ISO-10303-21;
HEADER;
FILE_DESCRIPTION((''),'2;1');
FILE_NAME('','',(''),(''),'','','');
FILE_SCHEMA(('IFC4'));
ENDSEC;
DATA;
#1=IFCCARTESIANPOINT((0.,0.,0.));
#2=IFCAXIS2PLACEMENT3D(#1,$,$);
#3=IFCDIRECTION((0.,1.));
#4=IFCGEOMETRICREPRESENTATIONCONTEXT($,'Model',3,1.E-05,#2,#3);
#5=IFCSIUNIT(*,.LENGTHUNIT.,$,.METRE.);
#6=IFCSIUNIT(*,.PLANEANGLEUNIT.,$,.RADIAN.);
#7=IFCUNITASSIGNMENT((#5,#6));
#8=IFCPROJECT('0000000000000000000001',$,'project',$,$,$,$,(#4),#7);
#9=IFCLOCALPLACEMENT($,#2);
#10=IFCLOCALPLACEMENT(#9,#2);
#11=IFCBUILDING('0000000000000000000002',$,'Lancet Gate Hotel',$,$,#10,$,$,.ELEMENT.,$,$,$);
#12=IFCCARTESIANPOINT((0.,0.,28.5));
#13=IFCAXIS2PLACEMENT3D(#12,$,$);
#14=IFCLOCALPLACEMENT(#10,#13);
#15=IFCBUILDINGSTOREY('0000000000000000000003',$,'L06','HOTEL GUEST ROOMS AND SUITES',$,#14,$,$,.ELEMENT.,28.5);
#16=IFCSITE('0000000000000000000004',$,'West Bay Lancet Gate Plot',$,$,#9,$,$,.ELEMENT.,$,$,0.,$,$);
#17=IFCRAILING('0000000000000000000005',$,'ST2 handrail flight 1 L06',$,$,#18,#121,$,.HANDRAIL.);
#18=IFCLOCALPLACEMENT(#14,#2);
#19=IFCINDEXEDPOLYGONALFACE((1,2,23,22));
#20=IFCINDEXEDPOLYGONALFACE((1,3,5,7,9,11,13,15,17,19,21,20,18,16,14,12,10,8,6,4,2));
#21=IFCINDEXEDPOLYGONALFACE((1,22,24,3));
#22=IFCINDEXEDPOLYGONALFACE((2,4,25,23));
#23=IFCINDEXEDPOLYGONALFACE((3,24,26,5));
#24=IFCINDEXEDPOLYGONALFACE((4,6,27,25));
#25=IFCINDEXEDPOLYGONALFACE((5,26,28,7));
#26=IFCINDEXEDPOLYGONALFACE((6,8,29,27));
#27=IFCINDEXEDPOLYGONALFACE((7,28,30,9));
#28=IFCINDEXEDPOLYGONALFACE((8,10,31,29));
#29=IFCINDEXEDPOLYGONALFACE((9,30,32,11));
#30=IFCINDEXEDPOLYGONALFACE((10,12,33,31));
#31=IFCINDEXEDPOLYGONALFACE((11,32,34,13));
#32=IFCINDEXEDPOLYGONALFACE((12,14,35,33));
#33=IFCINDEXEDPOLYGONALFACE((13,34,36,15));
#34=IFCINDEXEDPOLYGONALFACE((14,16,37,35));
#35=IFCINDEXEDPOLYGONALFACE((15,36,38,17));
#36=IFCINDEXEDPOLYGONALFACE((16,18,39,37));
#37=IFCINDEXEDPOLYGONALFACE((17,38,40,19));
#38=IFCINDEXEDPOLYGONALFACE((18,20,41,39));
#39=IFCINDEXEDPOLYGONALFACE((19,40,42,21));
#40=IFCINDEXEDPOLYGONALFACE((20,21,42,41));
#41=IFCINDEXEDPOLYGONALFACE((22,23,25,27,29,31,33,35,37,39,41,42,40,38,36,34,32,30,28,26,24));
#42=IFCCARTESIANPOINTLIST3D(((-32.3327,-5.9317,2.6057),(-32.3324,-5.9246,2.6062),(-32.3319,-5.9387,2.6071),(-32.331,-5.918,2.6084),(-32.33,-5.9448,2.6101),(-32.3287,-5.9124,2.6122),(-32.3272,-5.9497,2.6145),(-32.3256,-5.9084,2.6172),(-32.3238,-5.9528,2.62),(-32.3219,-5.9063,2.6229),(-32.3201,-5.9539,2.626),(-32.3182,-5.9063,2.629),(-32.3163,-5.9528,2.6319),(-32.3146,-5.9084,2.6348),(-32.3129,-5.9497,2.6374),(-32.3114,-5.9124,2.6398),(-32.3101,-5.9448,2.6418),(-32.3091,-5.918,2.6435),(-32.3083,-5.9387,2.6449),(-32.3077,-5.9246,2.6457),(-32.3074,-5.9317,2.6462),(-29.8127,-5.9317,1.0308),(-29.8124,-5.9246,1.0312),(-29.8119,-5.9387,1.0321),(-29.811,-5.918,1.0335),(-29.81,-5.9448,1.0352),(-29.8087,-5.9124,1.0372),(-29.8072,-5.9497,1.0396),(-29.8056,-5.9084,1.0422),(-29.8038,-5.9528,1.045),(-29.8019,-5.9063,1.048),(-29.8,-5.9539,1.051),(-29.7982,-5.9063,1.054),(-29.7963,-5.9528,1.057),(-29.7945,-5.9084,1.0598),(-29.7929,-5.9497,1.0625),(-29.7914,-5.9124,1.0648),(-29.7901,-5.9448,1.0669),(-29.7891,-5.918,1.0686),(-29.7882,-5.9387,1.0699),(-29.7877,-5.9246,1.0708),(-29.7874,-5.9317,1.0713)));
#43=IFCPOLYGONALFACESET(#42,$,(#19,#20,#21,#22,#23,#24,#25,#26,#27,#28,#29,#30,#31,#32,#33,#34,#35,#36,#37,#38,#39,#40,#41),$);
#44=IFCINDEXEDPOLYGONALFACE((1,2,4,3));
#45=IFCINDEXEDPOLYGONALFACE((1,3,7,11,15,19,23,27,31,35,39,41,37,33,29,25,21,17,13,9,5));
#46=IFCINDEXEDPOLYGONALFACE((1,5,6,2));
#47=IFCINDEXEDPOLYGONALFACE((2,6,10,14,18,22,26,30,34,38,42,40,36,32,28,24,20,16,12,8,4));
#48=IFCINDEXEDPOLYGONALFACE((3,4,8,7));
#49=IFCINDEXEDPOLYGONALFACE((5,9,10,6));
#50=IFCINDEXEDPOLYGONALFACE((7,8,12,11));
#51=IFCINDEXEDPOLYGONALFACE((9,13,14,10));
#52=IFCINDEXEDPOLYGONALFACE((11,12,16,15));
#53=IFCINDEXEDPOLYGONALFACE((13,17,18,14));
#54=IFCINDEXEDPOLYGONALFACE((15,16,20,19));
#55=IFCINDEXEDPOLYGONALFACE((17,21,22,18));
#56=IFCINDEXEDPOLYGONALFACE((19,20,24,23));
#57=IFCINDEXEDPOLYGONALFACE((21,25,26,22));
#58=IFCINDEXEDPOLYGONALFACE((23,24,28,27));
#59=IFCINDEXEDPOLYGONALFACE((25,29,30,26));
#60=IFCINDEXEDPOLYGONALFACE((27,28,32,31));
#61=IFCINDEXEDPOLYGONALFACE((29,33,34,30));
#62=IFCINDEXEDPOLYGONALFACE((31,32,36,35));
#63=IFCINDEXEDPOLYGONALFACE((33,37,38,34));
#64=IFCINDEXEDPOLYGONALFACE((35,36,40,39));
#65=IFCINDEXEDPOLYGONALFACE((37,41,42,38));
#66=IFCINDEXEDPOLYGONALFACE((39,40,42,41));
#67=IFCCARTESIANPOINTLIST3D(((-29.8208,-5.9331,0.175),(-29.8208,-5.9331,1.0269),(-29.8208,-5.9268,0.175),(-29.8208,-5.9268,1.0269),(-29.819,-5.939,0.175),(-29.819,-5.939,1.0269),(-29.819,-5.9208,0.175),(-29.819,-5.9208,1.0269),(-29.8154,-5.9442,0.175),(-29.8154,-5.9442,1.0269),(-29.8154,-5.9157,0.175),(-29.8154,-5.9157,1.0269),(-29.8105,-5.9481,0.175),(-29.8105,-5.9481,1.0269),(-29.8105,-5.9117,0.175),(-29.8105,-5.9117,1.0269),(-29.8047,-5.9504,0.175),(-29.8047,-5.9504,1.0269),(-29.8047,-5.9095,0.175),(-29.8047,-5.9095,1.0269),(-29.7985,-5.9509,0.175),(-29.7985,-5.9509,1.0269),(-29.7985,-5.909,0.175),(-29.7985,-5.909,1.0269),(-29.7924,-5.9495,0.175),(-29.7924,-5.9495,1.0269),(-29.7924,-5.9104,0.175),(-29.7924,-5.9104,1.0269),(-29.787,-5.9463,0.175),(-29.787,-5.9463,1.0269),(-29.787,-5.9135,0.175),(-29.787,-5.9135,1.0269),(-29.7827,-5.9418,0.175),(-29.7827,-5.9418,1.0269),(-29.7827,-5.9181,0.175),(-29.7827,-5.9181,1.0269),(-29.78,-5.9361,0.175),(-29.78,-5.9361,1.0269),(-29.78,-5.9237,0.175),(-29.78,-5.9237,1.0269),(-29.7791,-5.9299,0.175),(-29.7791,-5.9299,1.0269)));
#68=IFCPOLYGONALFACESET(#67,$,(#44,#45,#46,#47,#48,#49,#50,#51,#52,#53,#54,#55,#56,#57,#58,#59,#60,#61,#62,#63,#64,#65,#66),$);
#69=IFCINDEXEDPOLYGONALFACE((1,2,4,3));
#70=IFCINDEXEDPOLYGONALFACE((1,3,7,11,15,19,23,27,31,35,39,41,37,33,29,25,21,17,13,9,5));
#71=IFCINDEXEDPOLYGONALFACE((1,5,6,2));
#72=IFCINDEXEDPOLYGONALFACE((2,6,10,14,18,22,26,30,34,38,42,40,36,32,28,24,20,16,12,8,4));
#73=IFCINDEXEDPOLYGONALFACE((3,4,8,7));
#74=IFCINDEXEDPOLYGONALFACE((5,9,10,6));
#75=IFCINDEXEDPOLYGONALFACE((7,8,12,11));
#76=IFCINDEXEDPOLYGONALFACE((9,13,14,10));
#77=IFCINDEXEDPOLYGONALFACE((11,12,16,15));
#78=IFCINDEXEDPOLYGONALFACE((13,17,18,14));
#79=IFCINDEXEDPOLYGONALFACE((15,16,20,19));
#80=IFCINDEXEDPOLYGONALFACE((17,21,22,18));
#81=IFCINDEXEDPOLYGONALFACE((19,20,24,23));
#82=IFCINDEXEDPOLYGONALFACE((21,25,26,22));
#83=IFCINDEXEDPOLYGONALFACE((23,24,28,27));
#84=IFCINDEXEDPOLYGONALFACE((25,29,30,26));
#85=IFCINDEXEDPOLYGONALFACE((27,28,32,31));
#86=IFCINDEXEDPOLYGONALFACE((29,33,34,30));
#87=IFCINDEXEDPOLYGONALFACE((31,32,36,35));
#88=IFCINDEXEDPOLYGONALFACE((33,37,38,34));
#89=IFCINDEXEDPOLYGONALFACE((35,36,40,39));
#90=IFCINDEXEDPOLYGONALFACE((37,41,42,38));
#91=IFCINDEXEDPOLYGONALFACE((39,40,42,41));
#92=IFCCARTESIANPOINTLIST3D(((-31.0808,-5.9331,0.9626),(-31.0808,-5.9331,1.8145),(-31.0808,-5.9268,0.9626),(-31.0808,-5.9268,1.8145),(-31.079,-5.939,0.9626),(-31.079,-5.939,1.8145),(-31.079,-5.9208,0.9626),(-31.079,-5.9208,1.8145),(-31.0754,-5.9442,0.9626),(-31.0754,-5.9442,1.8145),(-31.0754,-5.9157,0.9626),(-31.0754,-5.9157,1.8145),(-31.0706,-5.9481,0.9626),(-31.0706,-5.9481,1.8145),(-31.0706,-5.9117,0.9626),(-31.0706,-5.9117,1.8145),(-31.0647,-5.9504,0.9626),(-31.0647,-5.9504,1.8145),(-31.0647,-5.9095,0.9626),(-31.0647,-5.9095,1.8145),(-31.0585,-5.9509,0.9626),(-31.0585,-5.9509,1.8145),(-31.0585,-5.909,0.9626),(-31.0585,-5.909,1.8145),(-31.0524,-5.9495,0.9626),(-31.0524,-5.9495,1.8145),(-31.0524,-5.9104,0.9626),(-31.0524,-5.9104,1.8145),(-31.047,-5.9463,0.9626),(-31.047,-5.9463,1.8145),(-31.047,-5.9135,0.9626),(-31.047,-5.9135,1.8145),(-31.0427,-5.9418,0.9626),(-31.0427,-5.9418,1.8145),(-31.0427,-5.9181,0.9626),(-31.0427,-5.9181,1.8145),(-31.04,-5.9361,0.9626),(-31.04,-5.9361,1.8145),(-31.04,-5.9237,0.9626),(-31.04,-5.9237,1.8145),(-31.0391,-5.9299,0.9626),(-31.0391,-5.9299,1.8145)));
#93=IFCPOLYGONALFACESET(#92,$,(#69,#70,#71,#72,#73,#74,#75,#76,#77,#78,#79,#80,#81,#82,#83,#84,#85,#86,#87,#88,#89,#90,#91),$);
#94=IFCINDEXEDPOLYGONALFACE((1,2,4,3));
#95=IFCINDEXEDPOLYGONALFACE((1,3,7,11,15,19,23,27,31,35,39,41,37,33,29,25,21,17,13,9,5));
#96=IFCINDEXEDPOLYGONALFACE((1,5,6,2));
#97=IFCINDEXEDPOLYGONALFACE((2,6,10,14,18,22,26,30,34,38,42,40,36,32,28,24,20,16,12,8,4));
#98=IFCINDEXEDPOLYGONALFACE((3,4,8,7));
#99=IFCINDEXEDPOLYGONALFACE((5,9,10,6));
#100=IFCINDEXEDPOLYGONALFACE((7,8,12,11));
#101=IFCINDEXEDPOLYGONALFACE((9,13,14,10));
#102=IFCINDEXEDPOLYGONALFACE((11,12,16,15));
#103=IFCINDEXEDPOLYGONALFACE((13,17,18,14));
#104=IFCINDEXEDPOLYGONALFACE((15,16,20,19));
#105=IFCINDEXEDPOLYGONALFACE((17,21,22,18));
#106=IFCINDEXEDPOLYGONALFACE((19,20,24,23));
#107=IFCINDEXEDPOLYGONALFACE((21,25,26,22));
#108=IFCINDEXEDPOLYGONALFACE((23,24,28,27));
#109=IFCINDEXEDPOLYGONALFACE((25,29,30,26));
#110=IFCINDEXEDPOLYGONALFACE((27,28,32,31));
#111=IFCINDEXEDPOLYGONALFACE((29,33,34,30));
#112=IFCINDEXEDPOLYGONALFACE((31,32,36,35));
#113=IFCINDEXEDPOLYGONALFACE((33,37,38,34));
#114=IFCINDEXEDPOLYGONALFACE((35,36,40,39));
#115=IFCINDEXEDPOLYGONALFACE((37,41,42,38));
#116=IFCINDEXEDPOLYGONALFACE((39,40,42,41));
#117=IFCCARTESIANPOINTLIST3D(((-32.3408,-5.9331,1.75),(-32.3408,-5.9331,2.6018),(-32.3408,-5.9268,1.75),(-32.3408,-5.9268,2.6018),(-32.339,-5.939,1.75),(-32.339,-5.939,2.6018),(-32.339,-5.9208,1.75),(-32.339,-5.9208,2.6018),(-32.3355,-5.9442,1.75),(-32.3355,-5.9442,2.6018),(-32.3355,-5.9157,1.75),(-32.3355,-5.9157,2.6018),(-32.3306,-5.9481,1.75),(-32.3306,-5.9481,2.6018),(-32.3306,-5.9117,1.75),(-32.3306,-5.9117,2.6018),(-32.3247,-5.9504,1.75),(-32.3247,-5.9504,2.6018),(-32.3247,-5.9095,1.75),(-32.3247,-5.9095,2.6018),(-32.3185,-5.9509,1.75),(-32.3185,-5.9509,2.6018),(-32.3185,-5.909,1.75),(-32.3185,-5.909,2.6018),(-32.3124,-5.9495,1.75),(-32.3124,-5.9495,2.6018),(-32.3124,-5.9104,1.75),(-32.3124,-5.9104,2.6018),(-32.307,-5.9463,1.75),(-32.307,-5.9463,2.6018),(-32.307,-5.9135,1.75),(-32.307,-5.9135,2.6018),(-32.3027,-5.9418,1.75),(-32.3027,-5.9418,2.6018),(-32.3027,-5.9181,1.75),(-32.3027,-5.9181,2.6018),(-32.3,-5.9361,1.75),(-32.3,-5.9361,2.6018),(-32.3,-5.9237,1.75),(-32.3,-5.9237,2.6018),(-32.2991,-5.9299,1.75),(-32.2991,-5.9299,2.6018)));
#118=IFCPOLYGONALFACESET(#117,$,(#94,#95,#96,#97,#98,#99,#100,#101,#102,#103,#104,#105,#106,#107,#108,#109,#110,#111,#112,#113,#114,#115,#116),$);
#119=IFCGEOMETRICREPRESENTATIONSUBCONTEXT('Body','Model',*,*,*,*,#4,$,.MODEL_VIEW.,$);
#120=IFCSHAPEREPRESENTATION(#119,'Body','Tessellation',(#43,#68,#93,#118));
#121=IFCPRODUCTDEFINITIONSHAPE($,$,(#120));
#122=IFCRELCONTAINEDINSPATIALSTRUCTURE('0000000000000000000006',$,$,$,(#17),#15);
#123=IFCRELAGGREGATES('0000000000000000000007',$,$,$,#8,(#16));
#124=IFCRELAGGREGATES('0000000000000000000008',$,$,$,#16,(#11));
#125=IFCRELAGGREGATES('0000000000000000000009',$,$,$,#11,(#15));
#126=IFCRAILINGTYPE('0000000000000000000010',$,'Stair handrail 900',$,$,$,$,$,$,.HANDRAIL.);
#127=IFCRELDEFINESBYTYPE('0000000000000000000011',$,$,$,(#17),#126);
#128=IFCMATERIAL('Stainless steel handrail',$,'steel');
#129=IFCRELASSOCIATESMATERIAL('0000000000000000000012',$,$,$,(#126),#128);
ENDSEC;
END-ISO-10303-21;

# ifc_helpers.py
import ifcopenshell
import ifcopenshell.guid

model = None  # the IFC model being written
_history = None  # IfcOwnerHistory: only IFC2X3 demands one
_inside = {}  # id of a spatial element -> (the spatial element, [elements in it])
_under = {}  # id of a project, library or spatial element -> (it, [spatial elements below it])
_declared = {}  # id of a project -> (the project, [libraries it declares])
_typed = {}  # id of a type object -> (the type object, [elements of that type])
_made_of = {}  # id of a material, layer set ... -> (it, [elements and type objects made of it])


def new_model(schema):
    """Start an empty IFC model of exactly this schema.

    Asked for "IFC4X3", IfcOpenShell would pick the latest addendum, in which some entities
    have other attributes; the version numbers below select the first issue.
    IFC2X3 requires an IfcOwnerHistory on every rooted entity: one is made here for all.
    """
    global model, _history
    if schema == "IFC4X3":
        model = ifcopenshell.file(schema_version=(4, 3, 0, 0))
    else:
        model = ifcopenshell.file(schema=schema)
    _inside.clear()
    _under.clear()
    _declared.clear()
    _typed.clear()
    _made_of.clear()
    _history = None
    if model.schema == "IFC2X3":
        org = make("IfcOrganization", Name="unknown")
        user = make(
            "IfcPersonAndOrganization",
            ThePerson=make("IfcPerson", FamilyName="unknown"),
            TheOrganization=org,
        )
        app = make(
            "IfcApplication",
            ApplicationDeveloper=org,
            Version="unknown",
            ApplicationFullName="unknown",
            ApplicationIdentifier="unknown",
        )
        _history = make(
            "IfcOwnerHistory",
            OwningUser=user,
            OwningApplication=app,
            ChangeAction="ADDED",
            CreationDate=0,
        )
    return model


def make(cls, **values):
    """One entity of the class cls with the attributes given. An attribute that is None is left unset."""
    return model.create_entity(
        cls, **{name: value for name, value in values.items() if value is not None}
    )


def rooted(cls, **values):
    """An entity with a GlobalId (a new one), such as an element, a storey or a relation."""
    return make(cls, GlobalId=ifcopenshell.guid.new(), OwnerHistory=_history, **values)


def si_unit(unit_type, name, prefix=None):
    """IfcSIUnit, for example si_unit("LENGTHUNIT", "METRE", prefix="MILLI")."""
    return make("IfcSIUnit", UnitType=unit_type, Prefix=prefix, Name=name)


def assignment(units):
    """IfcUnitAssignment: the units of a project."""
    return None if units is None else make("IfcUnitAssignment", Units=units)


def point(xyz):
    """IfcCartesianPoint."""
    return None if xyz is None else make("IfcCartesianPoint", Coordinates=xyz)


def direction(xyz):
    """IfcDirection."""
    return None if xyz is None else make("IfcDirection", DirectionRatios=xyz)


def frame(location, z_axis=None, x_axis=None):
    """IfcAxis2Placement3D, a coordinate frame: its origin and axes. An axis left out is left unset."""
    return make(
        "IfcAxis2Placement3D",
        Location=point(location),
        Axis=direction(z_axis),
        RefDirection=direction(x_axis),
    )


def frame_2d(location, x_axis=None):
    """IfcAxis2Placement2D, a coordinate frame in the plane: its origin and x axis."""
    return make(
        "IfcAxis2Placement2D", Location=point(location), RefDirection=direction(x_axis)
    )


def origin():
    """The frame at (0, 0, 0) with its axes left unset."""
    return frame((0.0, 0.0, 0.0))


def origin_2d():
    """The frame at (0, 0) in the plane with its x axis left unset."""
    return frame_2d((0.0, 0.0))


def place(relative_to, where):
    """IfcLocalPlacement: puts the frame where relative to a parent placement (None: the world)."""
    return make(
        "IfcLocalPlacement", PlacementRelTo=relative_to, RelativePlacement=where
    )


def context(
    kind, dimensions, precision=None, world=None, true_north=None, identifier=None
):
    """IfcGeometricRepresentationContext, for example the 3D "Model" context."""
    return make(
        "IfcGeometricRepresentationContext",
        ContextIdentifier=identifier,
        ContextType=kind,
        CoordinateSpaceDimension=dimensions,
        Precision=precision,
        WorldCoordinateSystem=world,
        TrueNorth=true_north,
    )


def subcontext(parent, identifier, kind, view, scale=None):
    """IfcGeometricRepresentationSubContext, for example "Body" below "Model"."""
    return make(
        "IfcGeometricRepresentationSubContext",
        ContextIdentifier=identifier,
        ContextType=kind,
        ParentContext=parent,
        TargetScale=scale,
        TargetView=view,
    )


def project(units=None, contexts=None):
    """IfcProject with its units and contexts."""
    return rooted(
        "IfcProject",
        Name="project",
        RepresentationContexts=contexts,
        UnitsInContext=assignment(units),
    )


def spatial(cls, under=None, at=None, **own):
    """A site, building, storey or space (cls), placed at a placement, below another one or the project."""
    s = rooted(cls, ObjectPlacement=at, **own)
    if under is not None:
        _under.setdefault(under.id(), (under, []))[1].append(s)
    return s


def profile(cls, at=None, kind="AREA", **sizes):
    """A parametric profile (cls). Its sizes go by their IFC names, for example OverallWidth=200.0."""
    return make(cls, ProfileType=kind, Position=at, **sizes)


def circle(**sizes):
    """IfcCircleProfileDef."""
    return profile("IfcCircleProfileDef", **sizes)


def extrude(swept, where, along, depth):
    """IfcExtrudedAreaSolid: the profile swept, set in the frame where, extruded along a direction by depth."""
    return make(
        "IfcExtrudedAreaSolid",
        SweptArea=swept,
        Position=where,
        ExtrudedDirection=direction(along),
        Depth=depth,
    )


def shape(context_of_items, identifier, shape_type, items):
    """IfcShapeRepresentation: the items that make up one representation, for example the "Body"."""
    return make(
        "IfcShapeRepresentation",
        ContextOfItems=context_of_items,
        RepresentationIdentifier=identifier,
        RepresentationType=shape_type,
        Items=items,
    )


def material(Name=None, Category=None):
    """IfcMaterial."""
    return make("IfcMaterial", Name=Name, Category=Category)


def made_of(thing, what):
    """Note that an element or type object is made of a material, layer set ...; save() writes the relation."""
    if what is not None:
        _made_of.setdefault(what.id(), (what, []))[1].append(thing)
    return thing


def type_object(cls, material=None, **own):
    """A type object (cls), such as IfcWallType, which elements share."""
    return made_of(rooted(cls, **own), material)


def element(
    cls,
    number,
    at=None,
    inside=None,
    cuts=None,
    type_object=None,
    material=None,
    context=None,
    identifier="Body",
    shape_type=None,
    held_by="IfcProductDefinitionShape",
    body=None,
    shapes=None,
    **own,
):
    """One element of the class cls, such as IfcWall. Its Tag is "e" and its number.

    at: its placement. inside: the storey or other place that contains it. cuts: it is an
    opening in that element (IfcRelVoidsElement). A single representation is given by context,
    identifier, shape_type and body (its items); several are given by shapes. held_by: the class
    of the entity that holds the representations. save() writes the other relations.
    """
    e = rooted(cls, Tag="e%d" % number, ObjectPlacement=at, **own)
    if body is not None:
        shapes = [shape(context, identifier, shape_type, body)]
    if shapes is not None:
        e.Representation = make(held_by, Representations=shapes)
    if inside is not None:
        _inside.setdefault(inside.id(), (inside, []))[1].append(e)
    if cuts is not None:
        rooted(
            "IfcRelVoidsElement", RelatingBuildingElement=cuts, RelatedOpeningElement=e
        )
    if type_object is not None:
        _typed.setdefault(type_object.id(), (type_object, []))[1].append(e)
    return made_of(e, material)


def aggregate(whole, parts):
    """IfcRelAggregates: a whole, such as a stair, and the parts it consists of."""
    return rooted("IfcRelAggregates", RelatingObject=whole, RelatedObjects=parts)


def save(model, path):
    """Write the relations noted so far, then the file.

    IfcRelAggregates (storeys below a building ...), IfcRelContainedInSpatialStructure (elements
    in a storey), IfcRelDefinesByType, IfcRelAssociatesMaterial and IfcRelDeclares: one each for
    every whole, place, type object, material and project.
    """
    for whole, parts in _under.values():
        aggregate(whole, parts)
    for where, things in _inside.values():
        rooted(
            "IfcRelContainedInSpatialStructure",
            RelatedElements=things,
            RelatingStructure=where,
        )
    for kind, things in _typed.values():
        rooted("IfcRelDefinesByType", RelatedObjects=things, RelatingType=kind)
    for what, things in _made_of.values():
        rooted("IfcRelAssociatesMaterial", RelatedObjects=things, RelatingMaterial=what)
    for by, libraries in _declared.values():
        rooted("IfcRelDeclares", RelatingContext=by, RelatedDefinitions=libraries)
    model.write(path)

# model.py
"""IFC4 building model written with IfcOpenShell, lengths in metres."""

from ifc_helpers import new_model, si_unit, direction, frame, origin, origin_2d, place, context, subcontext, project, spatial, circle, extrude, material, type_object, element, save


model = new_model("IFC4")

# Units and contexts
model_context = context("Model", 3, precision=1e-05, world=origin(), true_north=direction((0.0, 1.0)))
body_context = subcontext(model_context, "Body", "Model", "MODEL_VIEW")
ifc_project = project(units=[si_unit("LENGTHUNIT", "METRE"), si_unit("PLANEANGLEUNIT", "RADIAN")], contexts=[model_context])

# Site, building, storey
site_placement = place(None, origin())
site = spatial("IfcSite", under=ifc_project, at=site_placement, Name="West Bay Lancet Gate Plot", CompositionType="ELEMENT", RefElevation=0.0)
building_placement = place(site_placement, origin())
building = spatial("IfcBuilding", under=site, at=building_placement, Name="Lancet Gate Hotel", CompositionType="ELEMENT")
storey_placement = place(building_placement, frame((0.0, 0.0, 28.5)))
storey = spatial("IfcBuildingStorey", under=building, at=storey_placement, Name="L06", Description="HOTEL GUEST ROOMS AND SUITES", CompositionType="ELEMENT", Elevation=28.5)

# Railing
ifc_material_1 = material(Name="Stainless steel handrail", Category="steel")
railing_type = type_object("IfcRailingType", Name="Stair handrail 900", PredefinedType="HANDRAIL", material=ifc_material_1)
railing_1_placement = place(storey_placement, frame((-29.8, -5.9299, 0.175)))
element("IfcRailing", 1, at=railing_1_placement, inside=storey, type_object=railing_type, Name="ST2 handrail flight 1 L06", PredefinedType="HANDRAIL", context=body_context, shape_type="SweptSolid", body=[
    extrude(circle(Radius=0.0239, at=origin_2d()), frame((0.0, 0.0, 0.876), z_axis=(-0.848008, 0.0, 0.529984), x_axis=(0.0, -1.0, 0.0)), (0.0, 0.0, 1.0), 2.9717),
    extrude(circle(Radius=0.021, at=origin_2d()), origin(), (0.0, 0.0, 1.0), 0.8518),
    extrude(circle(Radius=0.021, at=origin_2d()), frame((-1.26, 0.0, 0.7876)), (0.0, 0.0, 1.0), 0.8518),
    extrude(circle(Radius=0.021, at=origin_2d()), frame((-2.52, 0.0, 1.575)), (0.0, 0.0, 1.0), 0.8518),
])

save(model, "model.ifc")
